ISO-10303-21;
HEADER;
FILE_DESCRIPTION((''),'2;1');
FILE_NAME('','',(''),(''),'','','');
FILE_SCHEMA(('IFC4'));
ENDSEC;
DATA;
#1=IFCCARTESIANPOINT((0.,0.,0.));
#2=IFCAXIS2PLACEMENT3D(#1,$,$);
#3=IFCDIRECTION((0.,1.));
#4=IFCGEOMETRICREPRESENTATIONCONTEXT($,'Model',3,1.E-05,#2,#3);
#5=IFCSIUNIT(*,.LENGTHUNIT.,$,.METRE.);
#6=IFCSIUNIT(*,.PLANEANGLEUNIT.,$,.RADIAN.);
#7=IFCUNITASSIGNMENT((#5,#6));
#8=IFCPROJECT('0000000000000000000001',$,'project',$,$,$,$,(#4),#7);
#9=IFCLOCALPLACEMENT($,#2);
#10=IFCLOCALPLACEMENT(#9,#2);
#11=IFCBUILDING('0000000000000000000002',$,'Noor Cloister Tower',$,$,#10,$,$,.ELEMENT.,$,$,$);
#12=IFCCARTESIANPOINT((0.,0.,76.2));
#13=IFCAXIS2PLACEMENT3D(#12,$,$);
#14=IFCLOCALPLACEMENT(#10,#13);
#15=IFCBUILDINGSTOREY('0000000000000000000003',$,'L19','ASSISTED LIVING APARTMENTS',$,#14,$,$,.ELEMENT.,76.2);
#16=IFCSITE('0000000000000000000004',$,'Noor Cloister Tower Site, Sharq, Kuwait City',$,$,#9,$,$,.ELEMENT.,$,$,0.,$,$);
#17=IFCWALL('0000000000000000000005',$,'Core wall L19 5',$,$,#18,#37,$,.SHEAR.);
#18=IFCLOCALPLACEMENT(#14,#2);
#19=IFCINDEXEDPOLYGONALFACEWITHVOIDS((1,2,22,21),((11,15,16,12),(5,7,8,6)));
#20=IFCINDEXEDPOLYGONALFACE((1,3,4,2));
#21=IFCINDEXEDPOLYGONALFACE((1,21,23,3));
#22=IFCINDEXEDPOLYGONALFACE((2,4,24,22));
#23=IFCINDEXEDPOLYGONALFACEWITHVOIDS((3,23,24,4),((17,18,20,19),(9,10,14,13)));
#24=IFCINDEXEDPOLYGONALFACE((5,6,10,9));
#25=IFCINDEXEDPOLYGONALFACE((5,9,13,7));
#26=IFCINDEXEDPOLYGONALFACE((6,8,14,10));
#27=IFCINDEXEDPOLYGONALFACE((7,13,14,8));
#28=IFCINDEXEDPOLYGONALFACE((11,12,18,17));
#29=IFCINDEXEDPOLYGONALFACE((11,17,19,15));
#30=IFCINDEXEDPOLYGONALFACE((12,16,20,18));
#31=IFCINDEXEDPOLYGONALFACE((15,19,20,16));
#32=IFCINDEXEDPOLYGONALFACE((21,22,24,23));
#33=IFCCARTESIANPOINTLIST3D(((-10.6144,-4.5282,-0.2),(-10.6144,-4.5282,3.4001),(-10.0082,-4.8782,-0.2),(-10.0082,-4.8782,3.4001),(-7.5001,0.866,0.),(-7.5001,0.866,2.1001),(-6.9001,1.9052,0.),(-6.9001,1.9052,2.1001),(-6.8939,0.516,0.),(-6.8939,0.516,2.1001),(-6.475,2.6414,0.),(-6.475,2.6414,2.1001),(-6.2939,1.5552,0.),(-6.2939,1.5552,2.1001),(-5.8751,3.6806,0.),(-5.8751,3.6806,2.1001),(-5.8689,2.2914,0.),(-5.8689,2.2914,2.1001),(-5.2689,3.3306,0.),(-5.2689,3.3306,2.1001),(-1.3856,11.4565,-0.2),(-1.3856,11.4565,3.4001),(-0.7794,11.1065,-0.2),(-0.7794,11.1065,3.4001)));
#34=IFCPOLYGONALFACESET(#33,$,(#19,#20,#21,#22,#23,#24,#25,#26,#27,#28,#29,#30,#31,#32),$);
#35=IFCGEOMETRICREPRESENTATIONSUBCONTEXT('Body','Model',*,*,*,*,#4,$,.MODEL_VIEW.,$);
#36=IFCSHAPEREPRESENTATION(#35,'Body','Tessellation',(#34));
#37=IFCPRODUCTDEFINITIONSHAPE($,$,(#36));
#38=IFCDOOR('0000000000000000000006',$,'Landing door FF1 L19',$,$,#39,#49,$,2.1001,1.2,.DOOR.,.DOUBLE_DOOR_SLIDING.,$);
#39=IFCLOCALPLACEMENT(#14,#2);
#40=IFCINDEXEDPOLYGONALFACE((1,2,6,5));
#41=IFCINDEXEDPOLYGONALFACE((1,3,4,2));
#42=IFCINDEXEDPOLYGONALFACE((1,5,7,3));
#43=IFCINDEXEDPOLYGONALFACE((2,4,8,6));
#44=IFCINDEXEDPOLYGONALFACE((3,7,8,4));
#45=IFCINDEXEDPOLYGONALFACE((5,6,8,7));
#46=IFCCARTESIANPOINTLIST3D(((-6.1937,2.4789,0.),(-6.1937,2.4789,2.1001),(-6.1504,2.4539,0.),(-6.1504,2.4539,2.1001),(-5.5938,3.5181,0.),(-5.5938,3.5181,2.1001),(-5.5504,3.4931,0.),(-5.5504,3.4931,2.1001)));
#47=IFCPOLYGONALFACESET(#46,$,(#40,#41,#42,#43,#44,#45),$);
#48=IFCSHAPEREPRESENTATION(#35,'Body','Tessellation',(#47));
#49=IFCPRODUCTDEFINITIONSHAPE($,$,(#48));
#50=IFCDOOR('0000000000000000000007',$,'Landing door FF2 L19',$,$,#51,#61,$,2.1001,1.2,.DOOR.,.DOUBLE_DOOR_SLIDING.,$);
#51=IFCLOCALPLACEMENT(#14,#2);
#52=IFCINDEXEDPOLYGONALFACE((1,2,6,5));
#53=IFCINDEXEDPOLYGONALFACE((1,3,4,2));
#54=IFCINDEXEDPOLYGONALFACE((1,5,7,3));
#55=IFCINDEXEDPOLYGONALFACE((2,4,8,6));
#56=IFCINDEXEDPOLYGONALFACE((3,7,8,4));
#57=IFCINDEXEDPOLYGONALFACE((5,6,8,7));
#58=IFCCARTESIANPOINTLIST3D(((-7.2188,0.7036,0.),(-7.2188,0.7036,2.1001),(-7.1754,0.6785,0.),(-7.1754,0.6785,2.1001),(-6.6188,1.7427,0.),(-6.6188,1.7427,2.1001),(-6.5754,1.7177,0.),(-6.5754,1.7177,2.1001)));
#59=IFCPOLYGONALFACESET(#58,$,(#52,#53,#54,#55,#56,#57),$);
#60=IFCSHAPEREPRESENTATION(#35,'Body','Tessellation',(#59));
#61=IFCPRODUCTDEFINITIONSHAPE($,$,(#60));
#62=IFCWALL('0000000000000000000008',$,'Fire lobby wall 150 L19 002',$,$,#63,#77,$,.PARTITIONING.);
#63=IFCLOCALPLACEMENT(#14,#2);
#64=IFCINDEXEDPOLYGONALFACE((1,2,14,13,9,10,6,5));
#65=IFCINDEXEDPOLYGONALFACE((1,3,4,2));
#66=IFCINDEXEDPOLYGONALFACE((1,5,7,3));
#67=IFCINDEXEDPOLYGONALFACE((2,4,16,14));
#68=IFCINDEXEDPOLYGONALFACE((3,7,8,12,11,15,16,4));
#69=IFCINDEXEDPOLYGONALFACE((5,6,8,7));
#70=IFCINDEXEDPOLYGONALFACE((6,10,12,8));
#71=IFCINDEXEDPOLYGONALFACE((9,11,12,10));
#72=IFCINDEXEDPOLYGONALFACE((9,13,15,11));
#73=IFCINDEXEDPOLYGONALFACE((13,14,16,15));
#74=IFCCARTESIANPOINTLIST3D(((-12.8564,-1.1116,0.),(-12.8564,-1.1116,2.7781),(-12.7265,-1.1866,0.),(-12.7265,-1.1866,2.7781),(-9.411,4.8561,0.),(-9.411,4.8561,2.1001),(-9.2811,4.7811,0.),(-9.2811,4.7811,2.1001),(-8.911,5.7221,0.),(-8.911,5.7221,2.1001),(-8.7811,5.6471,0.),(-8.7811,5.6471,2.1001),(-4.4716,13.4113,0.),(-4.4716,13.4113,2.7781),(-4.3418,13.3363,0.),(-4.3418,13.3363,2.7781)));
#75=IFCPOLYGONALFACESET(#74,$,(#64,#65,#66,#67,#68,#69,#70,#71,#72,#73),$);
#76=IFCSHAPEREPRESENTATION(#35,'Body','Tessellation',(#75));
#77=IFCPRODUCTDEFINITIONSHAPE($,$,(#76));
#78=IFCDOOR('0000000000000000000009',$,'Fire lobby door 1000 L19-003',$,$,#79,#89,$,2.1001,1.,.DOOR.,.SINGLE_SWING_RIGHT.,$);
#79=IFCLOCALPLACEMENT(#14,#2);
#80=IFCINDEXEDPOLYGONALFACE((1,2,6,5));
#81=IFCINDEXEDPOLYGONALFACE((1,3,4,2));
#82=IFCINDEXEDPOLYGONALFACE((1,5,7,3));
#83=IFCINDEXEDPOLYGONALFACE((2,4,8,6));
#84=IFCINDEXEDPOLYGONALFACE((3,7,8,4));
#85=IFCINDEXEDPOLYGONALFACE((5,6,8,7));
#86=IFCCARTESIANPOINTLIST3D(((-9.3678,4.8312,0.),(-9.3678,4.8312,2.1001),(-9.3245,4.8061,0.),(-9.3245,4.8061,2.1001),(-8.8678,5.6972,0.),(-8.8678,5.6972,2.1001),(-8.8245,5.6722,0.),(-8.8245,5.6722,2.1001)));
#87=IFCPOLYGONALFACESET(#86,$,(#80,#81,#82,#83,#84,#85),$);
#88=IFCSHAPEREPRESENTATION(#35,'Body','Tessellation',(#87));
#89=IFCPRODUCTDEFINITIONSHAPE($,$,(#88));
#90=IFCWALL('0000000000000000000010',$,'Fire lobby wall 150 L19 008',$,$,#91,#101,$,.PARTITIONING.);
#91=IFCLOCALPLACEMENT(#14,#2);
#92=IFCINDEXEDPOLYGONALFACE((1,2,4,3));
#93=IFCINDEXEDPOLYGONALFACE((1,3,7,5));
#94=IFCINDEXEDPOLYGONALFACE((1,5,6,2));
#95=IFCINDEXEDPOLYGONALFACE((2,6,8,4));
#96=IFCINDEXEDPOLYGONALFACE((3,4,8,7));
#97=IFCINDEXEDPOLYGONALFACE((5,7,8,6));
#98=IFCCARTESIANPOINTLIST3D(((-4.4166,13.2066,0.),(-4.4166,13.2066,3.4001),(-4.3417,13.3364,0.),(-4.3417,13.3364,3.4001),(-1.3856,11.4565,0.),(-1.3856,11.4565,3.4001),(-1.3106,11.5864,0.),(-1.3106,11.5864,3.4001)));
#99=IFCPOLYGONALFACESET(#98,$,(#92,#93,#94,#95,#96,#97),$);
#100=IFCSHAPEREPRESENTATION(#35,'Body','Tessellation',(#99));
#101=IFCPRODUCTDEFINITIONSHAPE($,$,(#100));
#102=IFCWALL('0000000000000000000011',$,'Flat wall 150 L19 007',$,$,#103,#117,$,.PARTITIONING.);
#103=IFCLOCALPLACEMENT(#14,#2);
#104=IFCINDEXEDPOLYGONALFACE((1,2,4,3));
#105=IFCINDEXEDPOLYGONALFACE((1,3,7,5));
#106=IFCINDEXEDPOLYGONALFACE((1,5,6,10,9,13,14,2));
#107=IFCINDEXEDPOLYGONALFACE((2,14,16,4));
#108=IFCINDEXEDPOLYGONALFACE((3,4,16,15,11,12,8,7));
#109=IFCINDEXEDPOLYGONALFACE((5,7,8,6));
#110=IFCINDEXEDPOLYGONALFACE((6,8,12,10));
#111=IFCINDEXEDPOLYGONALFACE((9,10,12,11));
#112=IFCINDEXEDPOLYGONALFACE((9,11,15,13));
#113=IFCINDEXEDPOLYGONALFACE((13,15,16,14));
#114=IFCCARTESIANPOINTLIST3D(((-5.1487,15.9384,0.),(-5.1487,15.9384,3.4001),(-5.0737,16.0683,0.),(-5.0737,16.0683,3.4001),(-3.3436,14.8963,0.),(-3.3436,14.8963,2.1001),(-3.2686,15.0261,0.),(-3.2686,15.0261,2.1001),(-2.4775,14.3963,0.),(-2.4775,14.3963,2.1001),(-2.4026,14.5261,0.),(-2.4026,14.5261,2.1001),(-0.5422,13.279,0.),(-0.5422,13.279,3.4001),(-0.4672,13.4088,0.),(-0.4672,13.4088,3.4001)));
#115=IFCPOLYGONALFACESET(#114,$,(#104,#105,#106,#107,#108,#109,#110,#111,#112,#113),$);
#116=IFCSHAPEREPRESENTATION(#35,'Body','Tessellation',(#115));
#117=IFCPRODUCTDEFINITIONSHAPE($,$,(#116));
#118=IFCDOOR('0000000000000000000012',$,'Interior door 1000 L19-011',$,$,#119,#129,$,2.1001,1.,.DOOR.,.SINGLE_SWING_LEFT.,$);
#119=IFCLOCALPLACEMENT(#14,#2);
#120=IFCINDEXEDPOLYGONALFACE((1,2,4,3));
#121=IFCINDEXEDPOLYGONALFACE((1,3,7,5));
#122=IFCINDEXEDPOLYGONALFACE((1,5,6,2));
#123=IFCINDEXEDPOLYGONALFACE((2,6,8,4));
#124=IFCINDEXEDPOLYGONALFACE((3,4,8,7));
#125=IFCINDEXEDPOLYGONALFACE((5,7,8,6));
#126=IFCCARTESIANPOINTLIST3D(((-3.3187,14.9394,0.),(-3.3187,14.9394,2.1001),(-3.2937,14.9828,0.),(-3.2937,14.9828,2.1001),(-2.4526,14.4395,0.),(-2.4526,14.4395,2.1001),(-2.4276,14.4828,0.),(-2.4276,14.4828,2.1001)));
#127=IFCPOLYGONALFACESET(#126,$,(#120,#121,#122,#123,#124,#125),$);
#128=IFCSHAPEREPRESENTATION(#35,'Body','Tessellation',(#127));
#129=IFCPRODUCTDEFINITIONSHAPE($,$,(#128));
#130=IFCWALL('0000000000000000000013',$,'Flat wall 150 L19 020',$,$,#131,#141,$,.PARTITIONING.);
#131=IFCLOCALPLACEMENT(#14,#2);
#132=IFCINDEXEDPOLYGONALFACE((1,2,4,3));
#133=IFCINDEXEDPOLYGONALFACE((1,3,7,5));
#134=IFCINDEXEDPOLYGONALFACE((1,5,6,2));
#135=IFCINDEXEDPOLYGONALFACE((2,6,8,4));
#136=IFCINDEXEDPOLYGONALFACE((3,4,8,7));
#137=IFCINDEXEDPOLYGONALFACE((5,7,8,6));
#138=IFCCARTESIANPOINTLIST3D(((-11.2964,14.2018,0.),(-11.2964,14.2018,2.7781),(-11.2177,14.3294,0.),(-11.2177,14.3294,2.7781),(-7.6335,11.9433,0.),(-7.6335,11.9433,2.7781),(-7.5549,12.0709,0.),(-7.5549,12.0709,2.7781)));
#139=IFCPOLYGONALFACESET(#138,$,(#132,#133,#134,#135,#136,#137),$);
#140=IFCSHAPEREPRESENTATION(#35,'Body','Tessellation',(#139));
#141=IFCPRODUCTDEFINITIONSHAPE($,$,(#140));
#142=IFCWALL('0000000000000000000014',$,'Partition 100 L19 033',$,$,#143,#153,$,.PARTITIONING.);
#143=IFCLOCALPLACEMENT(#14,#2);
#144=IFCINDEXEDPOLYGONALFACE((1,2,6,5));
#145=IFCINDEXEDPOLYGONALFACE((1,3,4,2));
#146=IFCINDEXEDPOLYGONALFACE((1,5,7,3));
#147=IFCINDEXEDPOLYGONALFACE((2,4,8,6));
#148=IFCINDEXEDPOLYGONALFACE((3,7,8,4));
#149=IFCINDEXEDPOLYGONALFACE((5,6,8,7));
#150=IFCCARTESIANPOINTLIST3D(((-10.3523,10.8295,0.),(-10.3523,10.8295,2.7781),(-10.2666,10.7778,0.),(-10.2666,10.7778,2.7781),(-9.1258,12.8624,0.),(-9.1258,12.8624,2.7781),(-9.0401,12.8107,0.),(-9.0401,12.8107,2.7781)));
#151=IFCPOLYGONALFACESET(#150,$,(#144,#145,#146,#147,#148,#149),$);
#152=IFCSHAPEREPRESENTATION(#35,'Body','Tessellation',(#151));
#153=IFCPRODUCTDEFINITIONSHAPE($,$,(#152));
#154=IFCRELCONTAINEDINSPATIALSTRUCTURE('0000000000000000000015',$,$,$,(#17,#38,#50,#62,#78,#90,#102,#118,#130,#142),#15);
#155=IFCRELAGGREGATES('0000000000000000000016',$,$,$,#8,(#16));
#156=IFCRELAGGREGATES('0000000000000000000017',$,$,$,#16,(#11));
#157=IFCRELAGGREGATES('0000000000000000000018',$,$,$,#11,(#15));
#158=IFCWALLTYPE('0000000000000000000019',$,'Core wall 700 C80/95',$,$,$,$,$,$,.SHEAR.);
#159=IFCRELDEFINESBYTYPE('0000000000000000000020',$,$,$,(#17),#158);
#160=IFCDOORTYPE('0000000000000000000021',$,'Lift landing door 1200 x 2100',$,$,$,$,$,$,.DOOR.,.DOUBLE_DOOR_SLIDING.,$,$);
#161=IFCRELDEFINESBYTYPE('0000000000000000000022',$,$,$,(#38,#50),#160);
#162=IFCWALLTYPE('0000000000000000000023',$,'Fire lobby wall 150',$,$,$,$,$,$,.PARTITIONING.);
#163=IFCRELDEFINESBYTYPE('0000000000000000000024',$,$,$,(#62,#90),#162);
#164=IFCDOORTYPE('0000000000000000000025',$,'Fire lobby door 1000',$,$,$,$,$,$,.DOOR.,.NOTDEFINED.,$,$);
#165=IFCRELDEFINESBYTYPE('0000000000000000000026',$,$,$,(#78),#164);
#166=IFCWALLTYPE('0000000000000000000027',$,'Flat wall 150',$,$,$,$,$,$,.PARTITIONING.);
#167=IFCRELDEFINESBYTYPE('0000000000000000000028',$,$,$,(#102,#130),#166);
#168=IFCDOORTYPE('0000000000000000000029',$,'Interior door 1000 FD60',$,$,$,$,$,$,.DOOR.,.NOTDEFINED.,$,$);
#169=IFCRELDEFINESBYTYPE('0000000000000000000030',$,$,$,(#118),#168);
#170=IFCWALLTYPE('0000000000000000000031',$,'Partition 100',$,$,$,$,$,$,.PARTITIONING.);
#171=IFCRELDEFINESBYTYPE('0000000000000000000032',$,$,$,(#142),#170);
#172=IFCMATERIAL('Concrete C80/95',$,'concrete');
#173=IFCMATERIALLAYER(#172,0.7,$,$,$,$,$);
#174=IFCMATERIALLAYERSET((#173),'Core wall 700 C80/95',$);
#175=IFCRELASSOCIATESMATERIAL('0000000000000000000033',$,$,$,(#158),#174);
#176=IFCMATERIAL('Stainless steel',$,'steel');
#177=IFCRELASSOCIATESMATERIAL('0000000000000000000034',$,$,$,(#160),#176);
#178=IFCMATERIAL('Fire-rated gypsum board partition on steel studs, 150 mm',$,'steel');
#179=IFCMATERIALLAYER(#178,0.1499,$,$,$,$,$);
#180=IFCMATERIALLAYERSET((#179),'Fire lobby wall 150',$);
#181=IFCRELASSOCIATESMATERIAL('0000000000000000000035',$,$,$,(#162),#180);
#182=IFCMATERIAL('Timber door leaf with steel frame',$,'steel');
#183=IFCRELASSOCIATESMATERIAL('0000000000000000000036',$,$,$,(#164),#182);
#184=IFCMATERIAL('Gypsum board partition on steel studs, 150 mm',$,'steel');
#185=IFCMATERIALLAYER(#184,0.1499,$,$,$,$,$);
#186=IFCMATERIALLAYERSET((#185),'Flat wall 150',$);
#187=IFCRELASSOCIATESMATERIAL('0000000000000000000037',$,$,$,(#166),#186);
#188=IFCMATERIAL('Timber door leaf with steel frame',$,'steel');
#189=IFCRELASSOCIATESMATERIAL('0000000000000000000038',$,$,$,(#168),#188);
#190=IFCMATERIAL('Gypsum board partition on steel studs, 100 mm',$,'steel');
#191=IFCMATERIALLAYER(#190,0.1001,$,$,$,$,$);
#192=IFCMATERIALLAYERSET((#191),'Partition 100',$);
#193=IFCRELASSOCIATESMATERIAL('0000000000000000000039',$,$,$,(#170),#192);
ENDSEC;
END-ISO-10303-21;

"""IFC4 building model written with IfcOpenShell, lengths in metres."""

from ifc_helpers import new_model, si_unit, direction, frame, frame_2d, origin, place, context, subcontext, project, spatial, rectangle, extrude, material, layer, layer_set, type_object, element, fill, save


model = new_model("IFC4")

# Units and contexts
model_context = context("Model", 3, precision=1e-05, world=origin(), true_north=direction((0.0, 1.0)))
body_context = subcontext(model_context, "Body", "Model", "MODEL_VIEW")
ifc_project = project(units=[si_unit("LENGTHUNIT", "METRE"), si_unit("PLANEANGLEUNIT", "RADIAN")], contexts=[model_context])

# Site, building, storey
site_placement = place(None, origin())
site = spatial("IfcSite", under=ifc_project, at=site_placement, Name="Noor Cloister Tower Site, Sharq, Kuwait City", CompositionType="ELEMENT", RefElevation=0.0)
building_placement = place(site_placement, origin())
building = spatial("IfcBuilding", under=site, at=building_placement, Name="Noor Cloister Tower", CompositionType="ELEMENT")
storey_placement = place(building_placement, frame((0.0, 0.0, 76.2)))
storey = spatial("IfcBuildingStorey", under=building, at=storey_placement, Name="L19", Description="ASSISTED LIVING APARTMENTS", CompositionType="ELEMENT", Elevation=76.2)

# Wall, openings, doors
ifc_material_1 = material(Name="Concrete C80/95", Category="concrete")
ifc_layer_1 = layer(ifc_material_1, 0.7)
ifc_layer_set_1 = layer_set([ifc_layer_1], Name="Core wall 700 C80/95")
wall_type_1 = type_object("IfcWallType", Name="Core wall 700 C80/95", PredefinedType="SHEAR", material=ifc_layer_set_1)
wall_1_placement = place(storey_placement, frame((-1.0825, 11.2815, -0.2), z_axis=(0.0, 0.0, 1.0), x_axis=(-0.500001, -0.866025, 0.0)))
wall_1 = element("IfcWall", 1, at=wall_1_placement, inside=storey, type_object=wall_type_1, Name="Core wall L19 5", PredefinedType="SHEAR", context=body_context, shape_type="SweptSolid", body=[
    extrude(rectangle(XDim=18.4575, YDim=0.7, at=frame_2d((9.2288, 0.0))), origin(), (0.0, 0.0, 1.0), 3.6001),
])
opening_1_placement = place(wall_1_placement, frame((8.9788, 0.0, 0.2)))
opening_1 = element("IfcOpeningElement", 2, at=opening_1_placement, cuts=wall_1, PredefinedType="OPENING", context=body_context, shape_type="SweptSolid", body=[
    extrude(rectangle(XDim=1.2, YDim=2.1001, at=frame_2d((0.6001, 1.05))), frame((0.0, 0.3599, 0.0), z_axis=(0.0, -1.0, 0.0), x_axis=(1.0, 0.0, 0.0)), (0.0, 0.0, 1.0), 0.72),
])
opening_2_placement = place(wall_1_placement, frame((11.0288, 0.0, 0.2)))
opening_2 = element("IfcOpeningElement", 3, at=opening_2_placement, cuts=wall_1, PredefinedType="OPENING", context=body_context, shape_type="SweptSolid", body=[
    extrude(rectangle(XDim=1.2, YDim=2.1001, at=frame_2d((0.6001, 1.05))), frame((0.0, 0.3599, 0.0), z_axis=(0.0, -1.0, 0.0), x_axis=(1.0, 0.0, 0.0)), (0.0, 0.0, 1.0), 0.72),
])
ifc_material_2 = material(Name="Stainless steel", Category="steel")
door_type_1 = type_object("IfcDoorType", Name="Lift landing door 1200 x 2100", OperationType="DOUBLE_DOOR_SLIDING", PredefinedType="DOOR", material=ifc_material_2)
door_1_placement = place(opening_1_placement, origin())
door_1 = element("IfcDoor", 4, at=door_1_placement, inside=storey, type_object=door_type_1, Name="Landing door FF1 L19", OperationType="DOUBLE_DOOR_SLIDING", OverallHeight=2.1001, OverallWidth=1.2, PredefinedType="DOOR", context=body_context, shape_type="SweptSolid", body=[
    extrude(rectangle(XDim=1.2, YDim=2.1001, at=frame_2d((0.6001, 1.05))), frame((0.0, 0.0249, 0.0), z_axis=(0.0, -1.0, 0.0), x_axis=(1.0, 0.0, 0.0)), (0.0, 0.0, 1.0), 0.05),
])
fill(opening_1, door_1)
door_2_placement = place(opening_2_placement, origin())
door_2 = element("IfcDoor", 5, at=door_2_placement, inside=storey, type_object=door_type_1, Name="Landing door FF2 L19", OperationType="DOUBLE_DOOR_SLIDING", OverallHeight=2.1001, OverallWidth=1.2, PredefinedType="DOOR", context=body_context, shape_type="SweptSolid", body=[
    extrude(rectangle(XDim=1.2, YDim=2.1001, at=frame_2d((0.6001, 1.05))), frame((0.0, 0.0249, 0.0), z_axis=(0.0, -1.0, 0.0), x_axis=(1.0, 0.0, 0.0)), (0.0, 0.0, 1.0), 0.05),
])
fill(opening_2, door_2)

# Wall, opening, door
ifc_material_3 = material(Name="Fire-rated gypsum board partition on steel studs, 150 mm", Category="steel")
ifc_layer_2 = layer(ifc_material_3, 0.1499)
ifc_layer_set_2 = layer_set([ifc_layer_2], Name="Fire lobby wall 150")
wall_type_2 = type_object("IfcWallType", Name="Fire lobby wall 150", PredefinedType="PARTITIONING", material=ifc_layer_set_2)
wall_2_placement = place(storey_placement, frame((-4.4067, 13.3738, 0.0), z_axis=(0.0, 0.0, 1.0), x_axis=(-0.499997, -0.866027, 0.0)))
wall_2 = element("IfcWall", 6, at=wall_2_placement, inside=storey, type_object=wall_type_2, Name="Fire lobby wall 150 L19 002", PredefinedType="PARTITIONING", context=body_context, shape_type="SweptSolid", body=[
    extrude(rectangle(XDim=16.7695, YDim=0.1499, at=frame_2d((8.3848, 0.0))), origin(), (0.0, 0.0, 1.0), 2.7781),
])
opening_3_placement = place(wall_2_placement, frame((8.8787, 0.0, 0.0)))
opening_3 = element("IfcOpeningElement", 7, at=opening_3_placement, cuts=wall_2, PredefinedType="OPENING", context=body_context, shape_type="SweptSolid", body=[
    extrude(rectangle(XDim=1.0, YDim=2.1001, at=frame_2d((0.5, 1.05))), frame((0.0, 0.085, 0.0), z_axis=(0.0, -1.0, 0.0), x_axis=(1.0, 0.0, 0.0)), (0.0, 0.0, 1.0), 0.1699),
])
ifc_material_4 = material(Name="Timber door leaf with steel frame", Category="steel")
door_type_2 = type_object("IfcDoorType", Name="Fire lobby door 1000", OperationType="NOTDEFINED", PredefinedType="DOOR", material=ifc_material_4)
door_3_placement = place(opening_3_placement, origin())
door_3 = element("IfcDoor", 8, at=door_3_placement, inside=storey, type_object=door_type_2, Name="Fire lobby door 1000 L19-003", OperationType="SINGLE_SWING_RIGHT", OverallHeight=2.1001, OverallWidth=1.0, PredefinedType="DOOR", context=body_context, shape_type="SweptSolid", body=[
    extrude(rectangle(XDim=1.0, YDim=2.1001, at=frame_2d((0.5, 1.05))), frame((0.0, 0.0249, 0.0), z_axis=(0.0, -1.0, 0.0), x_axis=(1.0, 0.0, 0.0)), (0.0, 0.0, 1.0), 0.05),
])
fill(opening_3, door_3)

# Wall
wall_3_placement = place(storey_placement, frame((-4.3792, 13.2715, 0.0), z_axis=(0.0, 0.0, 1.0), x_axis=(0.866019, -0.50001, 0.0)))
element("IfcWall", 9, at=wall_3_placement, inside=storey, type_object=wall_type_2, Name="Fire lobby wall 150 L19 008", PredefinedType="PARTITIONING", context=body_context, shape_type="SweptSolid", body=[
    extrude(rectangle(XDim=3.5, YDim=0.1499, at=frame_2d((1.75, 0.0))), origin(), (0.0, 0.0, 1.0), 3.4001),
])

# Wall, opening, door
ifc_material_5 = material(Name="Gypsum board partition on steel studs, 150 mm", Category="steel")
ifc_layer_3 = layer(ifc_material_5, 0.1499)
ifc_layer_set_3 = layer_set([ifc_layer_3], Name="Flat wall 150")
wall_type_3 = type_object("IfcWallType", Name="Flat wall 150", PredefinedType="PARTITIONING", material=ifc_layer_set_3)
wall_4_placement = place(storey_placement, frame((-5.1113, 16.0034, 0.0), z_axis=(0.0, 0.0, 1.0), x_axis=(0.866034, -0.499985, 0.0)))
wall_4 = element("IfcWall", 10, at=wall_4_placement, inside=storey, type_object=wall_type_3, Name="Flat wall 150 L19 007", PredefinedType="PARTITIONING", context=body_context, shape_type="SweptSolid", body=[
    extrude(rectangle(XDim=5.3191, YDim=0.1499, at=frame_2d((2.6597, 0.0))), origin(), (0.0, 0.0, 1.0), 3.4001),
])
opening_4_placement = place(wall_4_placement, frame((2.0845, 0.0, 0.0)))
opening_4 = element("IfcOpeningElement", 11, at=opening_4_placement, cuts=wall_4, PredefinedType="OPENING", context=body_context, shape_type="SweptSolid", body=[
    extrude(rectangle(XDim=1.0, YDim=2.1001, at=frame_2d((0.5, 1.05))), frame((0.0, 0.085, 0.0), z_axis=(0.0, -1.0, 0.0), x_axis=(1.0, 0.0, 0.0)), (0.0, 0.0, 1.0), 0.1699),
])
ifc_material_6 = material(Name="Timber door leaf with steel frame", Category="steel")
door_type_3 = type_object("IfcDoorType", Name="Interior door 1000 FD60", OperationType="NOTDEFINED", PredefinedType="DOOR", material=ifc_material_6)
door_4_placement = place(opening_4_placement, origin())
door_4 = element("IfcDoor", 12, at=door_4_placement, inside=storey, type_object=door_type_3, Name="Interior door 1000 L19-011", OperationType="SINGLE_SWING_LEFT", OverallHeight=2.1001, OverallWidth=1.0, PredefinedType="DOOR", context=body_context, shape_type="SweptSolid", body=[
    extrude(rectangle(XDim=1.0, YDim=2.1001, at=frame_2d((0.5, 1.05))), frame((0.0, 0.0249, 0.0), z_axis=(0.0, -1.0, 0.0), x_axis=(1.0, 0.0, 0.0)), (0.0, 0.0, 1.0), 0.05),
])
fill(opening_4, door_4)

# Walls
wall_5_placement = place(storey_placement, frame((-11.2571, 14.2656, 0.0), z_axis=(0.0, 0.0, 1.0), x_axis=(0.851192, -0.524854, 0.0)))
element("IfcWall", 13, at=wall_5_placement, inside=storey, type_object=wall_type_3, Name="Flat wall 150 L19 020", PredefinedType="PARTITIONING", context=body_context, shape_type="SweptSolid", body=[
    extrude(rectangle(XDim=4.3032, YDim=0.1499, at=frame_2d((2.1516, 0.0))), origin(), (0.0, 0.0, 1.0), 2.7781),
])
ifc_material_7 = material(Name="Gypsum board partition on steel studs, 100 mm", Category="steel")
ifc_layer_4 = layer(ifc_material_7, 0.1001)
ifc_layer_set_4 = layer_set([ifc_layer_4], Name="Partition 100")
wall_type_4 = type_object("IfcWallType", Name="Partition 100", PredefinedType="PARTITIONING", material=ifc_layer_set_4)
wall_6_placement = place(storey_placement, frame((-9.083, 12.8364, 0.0), z_axis=(0.0, 0.0, 1.0), x_axis=(-0.516596, -0.856229, 0.0)))
element("IfcWall", 14, at=wall_6_placement, inside=storey, type_object=wall_type_4, Name="Partition 100 L19 033", PredefinedType="PARTITIONING", context=body_context, shape_type="SweptSolid", body=[
    extrude(rectangle(XDim=2.3743, YDim=0.1001, at=frame_2d((1.187, 0.0))), origin(), (0.0, 0.0, 1.0), 2.7781),
])

save(model, "model.ifc")
